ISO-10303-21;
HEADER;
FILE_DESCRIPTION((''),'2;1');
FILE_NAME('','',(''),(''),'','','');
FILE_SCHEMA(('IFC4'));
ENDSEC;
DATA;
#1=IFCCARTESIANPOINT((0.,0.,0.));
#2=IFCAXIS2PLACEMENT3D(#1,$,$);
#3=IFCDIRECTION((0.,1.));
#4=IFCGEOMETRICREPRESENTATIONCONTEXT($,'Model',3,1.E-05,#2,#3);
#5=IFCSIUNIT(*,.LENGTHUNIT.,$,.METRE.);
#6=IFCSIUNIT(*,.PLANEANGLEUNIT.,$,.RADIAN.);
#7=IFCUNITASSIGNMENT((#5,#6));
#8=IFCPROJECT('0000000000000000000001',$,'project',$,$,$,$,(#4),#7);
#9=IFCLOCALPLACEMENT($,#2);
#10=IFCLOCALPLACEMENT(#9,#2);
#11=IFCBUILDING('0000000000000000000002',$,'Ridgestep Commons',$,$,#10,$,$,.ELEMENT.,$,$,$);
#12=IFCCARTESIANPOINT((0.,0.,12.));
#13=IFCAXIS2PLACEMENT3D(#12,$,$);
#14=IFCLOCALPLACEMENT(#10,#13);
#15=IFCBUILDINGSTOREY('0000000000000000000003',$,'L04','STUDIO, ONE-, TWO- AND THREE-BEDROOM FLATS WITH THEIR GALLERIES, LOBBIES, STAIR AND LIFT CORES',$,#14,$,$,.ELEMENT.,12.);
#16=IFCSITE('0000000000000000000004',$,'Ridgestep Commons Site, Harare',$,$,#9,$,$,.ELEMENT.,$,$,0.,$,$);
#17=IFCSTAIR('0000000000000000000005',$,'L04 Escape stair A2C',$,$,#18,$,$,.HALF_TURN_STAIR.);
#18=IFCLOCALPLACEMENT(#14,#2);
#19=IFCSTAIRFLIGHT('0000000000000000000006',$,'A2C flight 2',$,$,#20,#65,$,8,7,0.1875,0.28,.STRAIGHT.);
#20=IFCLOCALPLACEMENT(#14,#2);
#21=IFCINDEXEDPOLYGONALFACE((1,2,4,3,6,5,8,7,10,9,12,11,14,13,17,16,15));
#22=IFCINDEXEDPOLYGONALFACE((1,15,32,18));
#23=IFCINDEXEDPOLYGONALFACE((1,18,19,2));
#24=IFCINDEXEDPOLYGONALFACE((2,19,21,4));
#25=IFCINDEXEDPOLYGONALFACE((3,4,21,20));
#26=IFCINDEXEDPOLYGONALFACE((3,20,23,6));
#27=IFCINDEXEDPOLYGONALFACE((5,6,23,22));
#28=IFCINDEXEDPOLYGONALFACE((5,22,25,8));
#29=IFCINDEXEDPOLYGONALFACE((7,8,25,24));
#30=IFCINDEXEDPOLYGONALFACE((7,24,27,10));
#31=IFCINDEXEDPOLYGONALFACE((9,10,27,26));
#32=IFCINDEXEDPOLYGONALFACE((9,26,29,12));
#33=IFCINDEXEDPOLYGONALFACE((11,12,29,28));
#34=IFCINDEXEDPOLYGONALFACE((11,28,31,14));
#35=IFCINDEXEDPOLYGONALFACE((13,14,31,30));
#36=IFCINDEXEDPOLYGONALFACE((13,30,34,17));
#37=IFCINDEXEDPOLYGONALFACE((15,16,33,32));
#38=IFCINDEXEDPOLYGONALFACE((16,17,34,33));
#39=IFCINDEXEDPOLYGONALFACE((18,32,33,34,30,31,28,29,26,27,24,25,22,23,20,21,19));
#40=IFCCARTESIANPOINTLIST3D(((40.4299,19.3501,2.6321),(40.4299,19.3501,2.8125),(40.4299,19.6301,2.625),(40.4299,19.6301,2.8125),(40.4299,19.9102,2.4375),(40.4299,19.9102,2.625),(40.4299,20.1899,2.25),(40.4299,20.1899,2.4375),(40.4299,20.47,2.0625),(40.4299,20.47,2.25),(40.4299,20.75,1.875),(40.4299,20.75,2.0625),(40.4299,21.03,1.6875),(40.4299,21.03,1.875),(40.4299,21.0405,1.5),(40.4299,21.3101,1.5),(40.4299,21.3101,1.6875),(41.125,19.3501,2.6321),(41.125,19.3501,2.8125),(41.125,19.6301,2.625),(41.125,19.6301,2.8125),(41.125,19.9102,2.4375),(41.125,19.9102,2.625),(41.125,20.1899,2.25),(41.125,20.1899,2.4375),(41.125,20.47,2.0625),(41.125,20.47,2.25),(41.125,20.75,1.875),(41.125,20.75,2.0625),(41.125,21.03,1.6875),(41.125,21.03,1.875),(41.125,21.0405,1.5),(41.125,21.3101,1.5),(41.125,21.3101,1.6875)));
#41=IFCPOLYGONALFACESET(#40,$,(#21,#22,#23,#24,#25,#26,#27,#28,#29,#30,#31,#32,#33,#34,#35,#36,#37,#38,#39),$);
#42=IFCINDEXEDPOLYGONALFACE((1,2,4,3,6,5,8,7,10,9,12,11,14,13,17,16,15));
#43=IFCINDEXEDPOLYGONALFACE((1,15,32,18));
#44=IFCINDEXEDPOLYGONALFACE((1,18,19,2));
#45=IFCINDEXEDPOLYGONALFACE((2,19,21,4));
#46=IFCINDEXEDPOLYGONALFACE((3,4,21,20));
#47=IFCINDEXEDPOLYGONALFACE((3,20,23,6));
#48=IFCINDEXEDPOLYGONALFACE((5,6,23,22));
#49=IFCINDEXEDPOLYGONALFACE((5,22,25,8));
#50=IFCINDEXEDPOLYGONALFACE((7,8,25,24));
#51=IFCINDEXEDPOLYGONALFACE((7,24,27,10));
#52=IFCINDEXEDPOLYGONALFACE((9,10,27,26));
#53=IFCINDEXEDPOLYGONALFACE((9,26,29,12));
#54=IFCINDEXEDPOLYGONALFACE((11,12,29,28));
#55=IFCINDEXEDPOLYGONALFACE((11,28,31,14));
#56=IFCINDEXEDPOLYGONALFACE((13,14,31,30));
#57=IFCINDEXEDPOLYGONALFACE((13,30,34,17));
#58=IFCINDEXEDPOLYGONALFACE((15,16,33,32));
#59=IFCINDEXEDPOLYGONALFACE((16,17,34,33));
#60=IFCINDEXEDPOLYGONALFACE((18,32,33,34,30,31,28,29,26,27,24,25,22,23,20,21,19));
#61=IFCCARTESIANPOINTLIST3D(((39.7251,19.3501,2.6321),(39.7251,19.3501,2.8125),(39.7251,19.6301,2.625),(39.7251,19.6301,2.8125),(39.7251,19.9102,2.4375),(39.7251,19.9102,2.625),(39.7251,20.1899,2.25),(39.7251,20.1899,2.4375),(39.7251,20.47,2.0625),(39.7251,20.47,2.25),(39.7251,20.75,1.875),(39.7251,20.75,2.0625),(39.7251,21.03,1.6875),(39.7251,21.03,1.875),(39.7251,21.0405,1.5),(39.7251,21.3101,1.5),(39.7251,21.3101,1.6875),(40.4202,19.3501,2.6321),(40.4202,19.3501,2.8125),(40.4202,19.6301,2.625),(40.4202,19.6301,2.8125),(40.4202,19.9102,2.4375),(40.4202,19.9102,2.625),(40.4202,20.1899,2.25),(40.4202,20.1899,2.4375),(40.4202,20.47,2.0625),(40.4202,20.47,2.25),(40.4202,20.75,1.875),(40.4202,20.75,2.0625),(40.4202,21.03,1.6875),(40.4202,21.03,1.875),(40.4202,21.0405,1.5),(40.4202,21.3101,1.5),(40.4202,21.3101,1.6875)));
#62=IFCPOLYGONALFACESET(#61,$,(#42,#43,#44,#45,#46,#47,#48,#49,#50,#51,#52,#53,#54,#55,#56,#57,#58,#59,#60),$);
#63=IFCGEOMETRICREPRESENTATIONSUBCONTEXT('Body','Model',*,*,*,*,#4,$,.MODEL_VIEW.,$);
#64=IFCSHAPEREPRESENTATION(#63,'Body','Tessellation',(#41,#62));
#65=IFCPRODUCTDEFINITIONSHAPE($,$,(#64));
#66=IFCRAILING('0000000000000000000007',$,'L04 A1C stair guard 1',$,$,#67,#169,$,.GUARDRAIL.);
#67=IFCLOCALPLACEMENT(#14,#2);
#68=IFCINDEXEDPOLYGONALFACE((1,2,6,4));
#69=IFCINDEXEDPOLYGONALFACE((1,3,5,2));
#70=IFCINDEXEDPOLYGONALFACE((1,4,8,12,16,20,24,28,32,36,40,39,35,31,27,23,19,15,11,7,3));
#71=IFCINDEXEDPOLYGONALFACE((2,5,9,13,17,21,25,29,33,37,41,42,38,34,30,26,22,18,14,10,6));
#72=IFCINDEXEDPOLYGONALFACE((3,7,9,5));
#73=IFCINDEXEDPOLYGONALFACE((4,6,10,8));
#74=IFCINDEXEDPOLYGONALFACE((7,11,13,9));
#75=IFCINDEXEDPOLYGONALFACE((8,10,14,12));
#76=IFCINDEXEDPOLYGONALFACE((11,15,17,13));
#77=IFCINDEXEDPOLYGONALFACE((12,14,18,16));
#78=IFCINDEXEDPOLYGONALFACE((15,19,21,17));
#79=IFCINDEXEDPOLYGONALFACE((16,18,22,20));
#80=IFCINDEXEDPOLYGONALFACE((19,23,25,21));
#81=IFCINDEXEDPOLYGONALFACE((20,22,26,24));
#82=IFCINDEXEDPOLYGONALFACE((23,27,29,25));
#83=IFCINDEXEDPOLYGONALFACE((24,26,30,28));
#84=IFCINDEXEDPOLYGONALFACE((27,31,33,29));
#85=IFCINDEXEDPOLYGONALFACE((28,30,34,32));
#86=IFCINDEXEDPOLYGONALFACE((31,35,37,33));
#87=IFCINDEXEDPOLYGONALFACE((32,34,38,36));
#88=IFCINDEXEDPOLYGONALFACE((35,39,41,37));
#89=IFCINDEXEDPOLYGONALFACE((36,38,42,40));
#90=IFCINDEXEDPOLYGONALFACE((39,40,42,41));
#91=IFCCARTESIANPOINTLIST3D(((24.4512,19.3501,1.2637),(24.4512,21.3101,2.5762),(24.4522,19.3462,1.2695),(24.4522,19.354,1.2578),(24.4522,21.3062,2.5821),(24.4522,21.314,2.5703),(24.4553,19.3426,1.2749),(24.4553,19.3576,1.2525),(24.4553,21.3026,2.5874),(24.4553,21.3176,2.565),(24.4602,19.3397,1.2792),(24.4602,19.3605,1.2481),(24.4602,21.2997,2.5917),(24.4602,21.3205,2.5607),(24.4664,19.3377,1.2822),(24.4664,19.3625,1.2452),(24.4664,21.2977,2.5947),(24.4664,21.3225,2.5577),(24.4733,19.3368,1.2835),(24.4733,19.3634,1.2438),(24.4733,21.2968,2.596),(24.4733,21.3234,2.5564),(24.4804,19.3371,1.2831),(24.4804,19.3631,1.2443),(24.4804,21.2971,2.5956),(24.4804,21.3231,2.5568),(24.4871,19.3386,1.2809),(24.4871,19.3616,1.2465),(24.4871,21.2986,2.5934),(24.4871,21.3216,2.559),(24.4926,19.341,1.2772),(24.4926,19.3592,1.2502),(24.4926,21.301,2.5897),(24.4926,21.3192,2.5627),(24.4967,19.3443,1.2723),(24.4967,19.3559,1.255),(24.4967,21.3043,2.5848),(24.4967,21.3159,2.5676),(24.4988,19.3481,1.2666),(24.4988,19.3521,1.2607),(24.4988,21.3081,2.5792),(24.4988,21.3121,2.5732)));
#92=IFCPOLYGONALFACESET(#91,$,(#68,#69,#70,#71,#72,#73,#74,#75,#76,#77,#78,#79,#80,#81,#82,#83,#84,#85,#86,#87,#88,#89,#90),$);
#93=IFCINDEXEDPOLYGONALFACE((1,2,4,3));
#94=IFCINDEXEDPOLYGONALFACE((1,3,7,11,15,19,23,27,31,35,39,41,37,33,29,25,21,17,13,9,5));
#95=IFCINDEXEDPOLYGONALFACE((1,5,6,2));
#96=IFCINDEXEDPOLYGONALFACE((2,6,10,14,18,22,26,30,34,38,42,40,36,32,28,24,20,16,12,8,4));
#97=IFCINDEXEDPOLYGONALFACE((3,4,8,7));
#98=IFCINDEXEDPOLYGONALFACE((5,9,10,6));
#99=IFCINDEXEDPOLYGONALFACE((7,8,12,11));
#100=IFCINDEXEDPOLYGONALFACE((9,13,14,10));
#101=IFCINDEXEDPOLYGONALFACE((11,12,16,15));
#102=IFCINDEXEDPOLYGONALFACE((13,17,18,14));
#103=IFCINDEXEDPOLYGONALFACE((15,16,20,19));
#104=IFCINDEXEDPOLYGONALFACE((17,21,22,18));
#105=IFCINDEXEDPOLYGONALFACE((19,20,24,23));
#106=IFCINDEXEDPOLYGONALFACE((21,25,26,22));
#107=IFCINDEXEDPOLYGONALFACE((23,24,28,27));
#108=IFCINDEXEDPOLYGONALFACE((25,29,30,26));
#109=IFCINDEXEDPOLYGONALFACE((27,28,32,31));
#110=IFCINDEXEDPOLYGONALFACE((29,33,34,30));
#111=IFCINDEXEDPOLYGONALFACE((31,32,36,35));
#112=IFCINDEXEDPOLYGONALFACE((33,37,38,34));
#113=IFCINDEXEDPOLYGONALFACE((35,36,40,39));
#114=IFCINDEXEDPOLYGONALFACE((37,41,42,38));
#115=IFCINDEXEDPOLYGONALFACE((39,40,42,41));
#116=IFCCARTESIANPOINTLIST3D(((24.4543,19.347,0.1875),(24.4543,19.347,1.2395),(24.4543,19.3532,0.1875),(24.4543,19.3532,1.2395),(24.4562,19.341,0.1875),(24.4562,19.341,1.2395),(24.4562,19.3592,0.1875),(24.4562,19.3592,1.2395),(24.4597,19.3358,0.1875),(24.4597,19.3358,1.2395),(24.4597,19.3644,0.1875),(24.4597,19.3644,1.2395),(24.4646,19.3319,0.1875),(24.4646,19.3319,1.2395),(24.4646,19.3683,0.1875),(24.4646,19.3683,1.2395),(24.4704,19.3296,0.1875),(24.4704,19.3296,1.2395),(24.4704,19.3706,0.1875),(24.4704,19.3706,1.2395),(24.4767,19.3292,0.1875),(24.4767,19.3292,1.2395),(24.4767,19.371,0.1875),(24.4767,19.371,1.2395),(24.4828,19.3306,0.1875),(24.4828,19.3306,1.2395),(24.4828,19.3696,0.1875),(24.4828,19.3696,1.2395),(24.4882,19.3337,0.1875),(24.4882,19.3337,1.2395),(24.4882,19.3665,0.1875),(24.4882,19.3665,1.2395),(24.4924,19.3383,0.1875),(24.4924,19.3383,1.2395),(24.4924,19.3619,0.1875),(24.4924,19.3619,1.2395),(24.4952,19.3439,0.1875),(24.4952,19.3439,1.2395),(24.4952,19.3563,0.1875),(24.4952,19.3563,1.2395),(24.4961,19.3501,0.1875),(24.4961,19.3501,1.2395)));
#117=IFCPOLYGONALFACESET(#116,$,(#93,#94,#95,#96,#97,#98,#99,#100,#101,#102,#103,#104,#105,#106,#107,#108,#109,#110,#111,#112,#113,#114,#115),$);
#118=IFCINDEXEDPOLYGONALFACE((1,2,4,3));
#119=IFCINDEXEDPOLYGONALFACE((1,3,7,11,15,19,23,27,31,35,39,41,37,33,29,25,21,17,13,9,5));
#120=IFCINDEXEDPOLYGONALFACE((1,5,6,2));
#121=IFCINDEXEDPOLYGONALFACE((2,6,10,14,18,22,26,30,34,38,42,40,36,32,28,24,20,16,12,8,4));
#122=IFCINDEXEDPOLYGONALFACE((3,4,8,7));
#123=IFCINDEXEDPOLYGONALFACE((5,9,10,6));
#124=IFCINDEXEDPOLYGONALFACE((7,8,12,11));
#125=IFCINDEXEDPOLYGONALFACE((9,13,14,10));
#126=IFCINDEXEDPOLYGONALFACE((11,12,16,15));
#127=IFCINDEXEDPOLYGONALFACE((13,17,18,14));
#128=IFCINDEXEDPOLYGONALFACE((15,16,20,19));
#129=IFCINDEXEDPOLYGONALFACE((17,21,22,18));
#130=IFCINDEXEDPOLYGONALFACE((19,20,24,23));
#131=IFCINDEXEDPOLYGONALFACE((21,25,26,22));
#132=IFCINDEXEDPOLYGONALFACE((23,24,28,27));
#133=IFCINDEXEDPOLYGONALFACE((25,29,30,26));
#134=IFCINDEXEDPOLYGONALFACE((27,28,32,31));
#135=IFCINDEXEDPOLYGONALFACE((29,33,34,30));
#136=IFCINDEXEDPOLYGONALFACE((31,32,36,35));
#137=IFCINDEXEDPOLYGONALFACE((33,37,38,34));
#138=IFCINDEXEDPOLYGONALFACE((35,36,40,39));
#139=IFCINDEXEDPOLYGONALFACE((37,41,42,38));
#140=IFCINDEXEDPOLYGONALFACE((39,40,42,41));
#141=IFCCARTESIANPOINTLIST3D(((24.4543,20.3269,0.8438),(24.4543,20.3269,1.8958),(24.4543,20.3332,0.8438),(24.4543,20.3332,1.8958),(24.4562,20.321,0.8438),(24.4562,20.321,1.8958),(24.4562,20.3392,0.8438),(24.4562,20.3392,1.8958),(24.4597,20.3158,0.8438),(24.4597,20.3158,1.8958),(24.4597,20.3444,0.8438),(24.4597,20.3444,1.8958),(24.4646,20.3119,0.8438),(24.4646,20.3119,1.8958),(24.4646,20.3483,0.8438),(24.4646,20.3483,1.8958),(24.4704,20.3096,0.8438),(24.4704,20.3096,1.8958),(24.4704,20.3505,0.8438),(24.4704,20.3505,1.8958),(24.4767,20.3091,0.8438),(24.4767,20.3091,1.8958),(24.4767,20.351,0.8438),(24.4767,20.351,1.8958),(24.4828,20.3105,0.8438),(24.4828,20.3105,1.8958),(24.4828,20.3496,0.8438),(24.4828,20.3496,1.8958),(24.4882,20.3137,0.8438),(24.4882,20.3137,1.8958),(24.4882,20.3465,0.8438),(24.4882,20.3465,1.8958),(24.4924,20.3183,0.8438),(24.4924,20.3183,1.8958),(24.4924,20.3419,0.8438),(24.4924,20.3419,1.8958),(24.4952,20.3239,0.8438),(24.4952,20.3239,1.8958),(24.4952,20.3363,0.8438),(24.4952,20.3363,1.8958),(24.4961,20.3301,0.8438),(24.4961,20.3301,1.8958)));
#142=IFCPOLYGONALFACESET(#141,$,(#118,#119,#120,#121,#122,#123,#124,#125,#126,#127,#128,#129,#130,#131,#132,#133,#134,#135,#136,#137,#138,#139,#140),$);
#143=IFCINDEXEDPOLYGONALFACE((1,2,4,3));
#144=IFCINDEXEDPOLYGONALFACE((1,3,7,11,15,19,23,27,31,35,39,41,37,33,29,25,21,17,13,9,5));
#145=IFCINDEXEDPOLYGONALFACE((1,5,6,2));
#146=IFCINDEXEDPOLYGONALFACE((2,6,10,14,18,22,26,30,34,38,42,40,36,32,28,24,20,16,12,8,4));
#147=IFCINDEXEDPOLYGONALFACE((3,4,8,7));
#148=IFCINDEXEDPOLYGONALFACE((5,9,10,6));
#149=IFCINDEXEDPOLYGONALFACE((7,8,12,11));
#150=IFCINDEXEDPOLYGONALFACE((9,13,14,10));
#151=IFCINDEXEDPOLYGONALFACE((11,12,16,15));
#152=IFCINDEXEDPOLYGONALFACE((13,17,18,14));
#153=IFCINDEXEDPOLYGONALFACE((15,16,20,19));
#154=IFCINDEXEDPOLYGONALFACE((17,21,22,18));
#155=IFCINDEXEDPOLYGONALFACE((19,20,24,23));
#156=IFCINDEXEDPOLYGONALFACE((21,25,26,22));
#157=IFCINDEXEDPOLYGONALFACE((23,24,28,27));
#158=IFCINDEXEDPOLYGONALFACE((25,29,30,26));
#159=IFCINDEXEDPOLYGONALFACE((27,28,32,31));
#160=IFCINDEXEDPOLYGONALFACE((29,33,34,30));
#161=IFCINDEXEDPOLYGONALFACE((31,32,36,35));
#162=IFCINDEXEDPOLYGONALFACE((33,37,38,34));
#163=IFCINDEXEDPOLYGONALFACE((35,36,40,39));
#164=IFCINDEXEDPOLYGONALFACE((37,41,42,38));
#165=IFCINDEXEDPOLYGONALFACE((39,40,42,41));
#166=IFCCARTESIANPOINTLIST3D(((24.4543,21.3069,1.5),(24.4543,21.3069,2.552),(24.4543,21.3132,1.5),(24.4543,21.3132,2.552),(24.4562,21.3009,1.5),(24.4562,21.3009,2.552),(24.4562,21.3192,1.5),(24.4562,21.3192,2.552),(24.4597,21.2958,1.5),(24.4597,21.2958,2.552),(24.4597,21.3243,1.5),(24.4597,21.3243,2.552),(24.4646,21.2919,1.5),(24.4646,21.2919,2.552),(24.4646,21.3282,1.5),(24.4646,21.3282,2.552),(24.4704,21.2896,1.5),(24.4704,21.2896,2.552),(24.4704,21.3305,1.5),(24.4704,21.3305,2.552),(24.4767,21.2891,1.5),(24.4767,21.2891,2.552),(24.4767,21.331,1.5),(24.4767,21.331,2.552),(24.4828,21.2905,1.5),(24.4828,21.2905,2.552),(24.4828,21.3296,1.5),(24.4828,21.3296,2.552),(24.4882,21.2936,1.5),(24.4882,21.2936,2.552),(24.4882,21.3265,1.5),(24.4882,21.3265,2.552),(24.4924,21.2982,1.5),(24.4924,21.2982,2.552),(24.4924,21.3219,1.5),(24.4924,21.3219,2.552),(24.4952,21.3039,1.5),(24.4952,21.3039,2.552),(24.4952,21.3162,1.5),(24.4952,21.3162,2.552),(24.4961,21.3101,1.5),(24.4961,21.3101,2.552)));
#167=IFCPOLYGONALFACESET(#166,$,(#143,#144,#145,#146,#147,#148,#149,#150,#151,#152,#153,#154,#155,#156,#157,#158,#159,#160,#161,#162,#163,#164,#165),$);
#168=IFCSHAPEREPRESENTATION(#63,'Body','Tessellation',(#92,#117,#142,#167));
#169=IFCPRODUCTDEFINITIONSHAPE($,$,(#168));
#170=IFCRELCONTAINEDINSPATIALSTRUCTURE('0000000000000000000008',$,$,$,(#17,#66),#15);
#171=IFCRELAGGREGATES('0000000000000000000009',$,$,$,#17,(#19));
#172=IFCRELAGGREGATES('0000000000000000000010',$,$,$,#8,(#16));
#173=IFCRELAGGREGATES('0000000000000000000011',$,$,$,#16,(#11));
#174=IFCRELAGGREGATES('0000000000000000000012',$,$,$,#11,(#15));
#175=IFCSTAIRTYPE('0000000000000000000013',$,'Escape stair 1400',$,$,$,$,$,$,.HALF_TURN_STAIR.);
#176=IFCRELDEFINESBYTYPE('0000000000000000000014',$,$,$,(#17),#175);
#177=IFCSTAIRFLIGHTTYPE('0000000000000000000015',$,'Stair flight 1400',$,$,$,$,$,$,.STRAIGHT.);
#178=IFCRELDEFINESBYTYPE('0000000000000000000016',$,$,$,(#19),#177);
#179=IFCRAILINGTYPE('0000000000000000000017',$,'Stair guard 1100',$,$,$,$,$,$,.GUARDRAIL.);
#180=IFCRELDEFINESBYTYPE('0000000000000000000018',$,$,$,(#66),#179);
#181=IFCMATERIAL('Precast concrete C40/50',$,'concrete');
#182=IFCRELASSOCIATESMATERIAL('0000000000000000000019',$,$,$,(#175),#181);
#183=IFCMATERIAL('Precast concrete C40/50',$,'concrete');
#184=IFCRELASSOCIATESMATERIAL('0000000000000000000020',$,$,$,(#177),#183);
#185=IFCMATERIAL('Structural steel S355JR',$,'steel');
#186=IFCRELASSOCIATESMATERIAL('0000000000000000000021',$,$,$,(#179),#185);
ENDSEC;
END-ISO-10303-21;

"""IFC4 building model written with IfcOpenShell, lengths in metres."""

from ifc_helpers import new_model, si_unit, direction, frame, origin, origin_2d, place, context, subcontext, project, spatial, polyline, circle, outline, extrude, material, type_object, element, aggregate, save


model = new_model("IFC4")

# Units and contexts
model_context = context("Model", 3, precision=1e-05, world=origin(), true_north=direction((0.0, 1.0)))
body_context = subcontext(model_context, "Body", "Model", "MODEL_VIEW")
ifc_project = project(units=[si_unit("LENGTHUNIT", "METRE"), si_unit("PLANEANGLEUNIT", "RADIAN")], contexts=[model_context])

# Site, building, storey
site_placement = place(None, origin())
site = spatial("IfcSite", under=ifc_project, at=site_placement, Name="Ridgestep Commons Site, Harare", CompositionType="ELEMENT", RefElevation=0.0)
building_placement = place(site_placement, origin())
building = spatial("IfcBuilding", under=site, at=building_placement, Name="Ridgestep Commons", CompositionType="ELEMENT")
storey_placement = place(building_placement, frame((0.0, 0.0, 12.0)))
storey = spatial("IfcBuildingStorey", under=building, at=storey_placement, Name="L04", Description="STUDIO, ONE-, TWO- AND THREE-BEDROOM FLATS WITH THEIR GALLERIES, LOBBIES, STAIR AND LIFT CORES", CompositionType="ELEMENT", Elevation=12.0)

# Stair, stair flight
ifc_material_1 = material(Name="Precast concrete C40/50", Category="concrete")
stair_type = type_object("IfcStairType", Name="Escape stair 1400", PredefinedType="HALF_TURN_STAIR", material=ifc_material_1)
ifc_material_2 = material(Name="Precast concrete C40/50", Category="concrete")
stair_flight_type = type_object("IfcStairFlightType", Name="Stair flight 1400", PredefinedType="STRAIGHT", material=ifc_material_2)
stair_1_placement = place(storey_placement, origin())
stair_1 = element("IfcStair", 1, at=stair_1_placement, inside=storey, type_object=stair_type, Name="L04 Escape stair A2C", PredefinedType="HALF_TURN_STAIR")
stair_flight_1_placement = place(storey_placement, frame((40.425, 21.3101, 1.5), z_axis=(0.0, 0.0, 1.0), x_axis=(0.0, -1.0, 0.0)))
stair_flight_1 = element("IfcStairFlight", 2, at=stair_flight_1_placement, type_object=stair_flight_type, Name="A2C flight 2", NumberOfRisers=8, NumberOfTreads=7, PredefinedType="STRAIGHT", RiserHeight=0.1875, TreadLength=0.28, context=body_context, shape_type="SweptSolid", body=[
    extrude(outline(polyline([(0.0, 0.0), (0.0, 0.1875), (0.28, 0.1875), (0.28, 0.375), (0.5601, 0.375), (0.5601, 0.5625), (0.8401, 0.5625), (0.8401, 0.75), (1.1201, 0.75), (1.1201, 0.9375), (1.3999, 0.9375), (1.3999, 1.125), (1.6799, 1.125), (1.6799, 1.3125), (1.96, 1.3125), (1.96, 1.5), (1.96, 1.1321), (0.2695, 0.0), (0.0, 0.0)])), frame((0.0, 0.7, 0.0), z_axis=(0.0, -1.0, 0.0), x_axis=(1.0, 0.0, 0.0)), (0.0, 0.0, 1.0), 0.6951),
    extrude(outline(polyline([(0.0, 0.0), (0.0, 0.1875), (0.28, 0.1875), (0.28, 0.375), (0.5601, 0.375), (0.5601, 0.5625), (0.8401, 0.5625), (0.8401, 0.75), (1.1201, 0.75), (1.1201, 0.9375), (1.3999, 0.9375), (1.3999, 1.125), (1.6799, 1.125), (1.6799, 1.3125), (1.96, 1.3125), (1.96, 1.5), (1.96, 1.1321), (0.2695, 0.0), (0.0, 0.0)])), frame((0.0, -0.0049, 0.0), z_axis=(0.0, -1.0, 0.0), x_axis=(1.0, 0.0, 0.0)), (0.0, 0.0, 1.0), 0.6951),
])
aggregate(stair_1, [stair_flight_1])

# Railing
ifc_material_3 = material(Name="Structural steel S355JR", Category="steel")
railing_type_1 = type_object("IfcRailingType", Name="Stair guard 1100", PredefinedType="GUARDRAIL", material=ifc_material_3)
railing_1_placement = place(storey_placement, frame((24.4751, 19.3501, 0.1875)))
element("IfcRailing", 3, at=railing_1_placement, inside=storey, type_object=railing_type_1, Name="L04 A1C stair guard 1", PredefinedType="GUARDRAIL", context=body_context, shape_type="SweptSolid", body=[
    extrude(circle(Radius=0.0239, at=origin_2d()), frame((0.0, 0.0, 1.0762), z_axis=(0.0, 0.830902, 0.556419), x_axis=(-1.0, 0.0, 0.0)), (0.0, 0.0, 1.0), 2.3589),
    extrude(circle(Radius=0.021, at=origin_2d()), origin(), (0.0, 0.0, 1.0), 1.052),
    extrude(circle(Radius=0.021, at=origin_2d()), frame((0.0, 0.98, 0.6562)), (0.0, 0.0, 1.0), 1.052),
    extrude(circle(Radius=0.021, at=origin_2d()), frame((0.0, 1.96, 1.3125)), (0.0, 0.0, 1.0), 1.052),
])

save(model, "model.ifc")
